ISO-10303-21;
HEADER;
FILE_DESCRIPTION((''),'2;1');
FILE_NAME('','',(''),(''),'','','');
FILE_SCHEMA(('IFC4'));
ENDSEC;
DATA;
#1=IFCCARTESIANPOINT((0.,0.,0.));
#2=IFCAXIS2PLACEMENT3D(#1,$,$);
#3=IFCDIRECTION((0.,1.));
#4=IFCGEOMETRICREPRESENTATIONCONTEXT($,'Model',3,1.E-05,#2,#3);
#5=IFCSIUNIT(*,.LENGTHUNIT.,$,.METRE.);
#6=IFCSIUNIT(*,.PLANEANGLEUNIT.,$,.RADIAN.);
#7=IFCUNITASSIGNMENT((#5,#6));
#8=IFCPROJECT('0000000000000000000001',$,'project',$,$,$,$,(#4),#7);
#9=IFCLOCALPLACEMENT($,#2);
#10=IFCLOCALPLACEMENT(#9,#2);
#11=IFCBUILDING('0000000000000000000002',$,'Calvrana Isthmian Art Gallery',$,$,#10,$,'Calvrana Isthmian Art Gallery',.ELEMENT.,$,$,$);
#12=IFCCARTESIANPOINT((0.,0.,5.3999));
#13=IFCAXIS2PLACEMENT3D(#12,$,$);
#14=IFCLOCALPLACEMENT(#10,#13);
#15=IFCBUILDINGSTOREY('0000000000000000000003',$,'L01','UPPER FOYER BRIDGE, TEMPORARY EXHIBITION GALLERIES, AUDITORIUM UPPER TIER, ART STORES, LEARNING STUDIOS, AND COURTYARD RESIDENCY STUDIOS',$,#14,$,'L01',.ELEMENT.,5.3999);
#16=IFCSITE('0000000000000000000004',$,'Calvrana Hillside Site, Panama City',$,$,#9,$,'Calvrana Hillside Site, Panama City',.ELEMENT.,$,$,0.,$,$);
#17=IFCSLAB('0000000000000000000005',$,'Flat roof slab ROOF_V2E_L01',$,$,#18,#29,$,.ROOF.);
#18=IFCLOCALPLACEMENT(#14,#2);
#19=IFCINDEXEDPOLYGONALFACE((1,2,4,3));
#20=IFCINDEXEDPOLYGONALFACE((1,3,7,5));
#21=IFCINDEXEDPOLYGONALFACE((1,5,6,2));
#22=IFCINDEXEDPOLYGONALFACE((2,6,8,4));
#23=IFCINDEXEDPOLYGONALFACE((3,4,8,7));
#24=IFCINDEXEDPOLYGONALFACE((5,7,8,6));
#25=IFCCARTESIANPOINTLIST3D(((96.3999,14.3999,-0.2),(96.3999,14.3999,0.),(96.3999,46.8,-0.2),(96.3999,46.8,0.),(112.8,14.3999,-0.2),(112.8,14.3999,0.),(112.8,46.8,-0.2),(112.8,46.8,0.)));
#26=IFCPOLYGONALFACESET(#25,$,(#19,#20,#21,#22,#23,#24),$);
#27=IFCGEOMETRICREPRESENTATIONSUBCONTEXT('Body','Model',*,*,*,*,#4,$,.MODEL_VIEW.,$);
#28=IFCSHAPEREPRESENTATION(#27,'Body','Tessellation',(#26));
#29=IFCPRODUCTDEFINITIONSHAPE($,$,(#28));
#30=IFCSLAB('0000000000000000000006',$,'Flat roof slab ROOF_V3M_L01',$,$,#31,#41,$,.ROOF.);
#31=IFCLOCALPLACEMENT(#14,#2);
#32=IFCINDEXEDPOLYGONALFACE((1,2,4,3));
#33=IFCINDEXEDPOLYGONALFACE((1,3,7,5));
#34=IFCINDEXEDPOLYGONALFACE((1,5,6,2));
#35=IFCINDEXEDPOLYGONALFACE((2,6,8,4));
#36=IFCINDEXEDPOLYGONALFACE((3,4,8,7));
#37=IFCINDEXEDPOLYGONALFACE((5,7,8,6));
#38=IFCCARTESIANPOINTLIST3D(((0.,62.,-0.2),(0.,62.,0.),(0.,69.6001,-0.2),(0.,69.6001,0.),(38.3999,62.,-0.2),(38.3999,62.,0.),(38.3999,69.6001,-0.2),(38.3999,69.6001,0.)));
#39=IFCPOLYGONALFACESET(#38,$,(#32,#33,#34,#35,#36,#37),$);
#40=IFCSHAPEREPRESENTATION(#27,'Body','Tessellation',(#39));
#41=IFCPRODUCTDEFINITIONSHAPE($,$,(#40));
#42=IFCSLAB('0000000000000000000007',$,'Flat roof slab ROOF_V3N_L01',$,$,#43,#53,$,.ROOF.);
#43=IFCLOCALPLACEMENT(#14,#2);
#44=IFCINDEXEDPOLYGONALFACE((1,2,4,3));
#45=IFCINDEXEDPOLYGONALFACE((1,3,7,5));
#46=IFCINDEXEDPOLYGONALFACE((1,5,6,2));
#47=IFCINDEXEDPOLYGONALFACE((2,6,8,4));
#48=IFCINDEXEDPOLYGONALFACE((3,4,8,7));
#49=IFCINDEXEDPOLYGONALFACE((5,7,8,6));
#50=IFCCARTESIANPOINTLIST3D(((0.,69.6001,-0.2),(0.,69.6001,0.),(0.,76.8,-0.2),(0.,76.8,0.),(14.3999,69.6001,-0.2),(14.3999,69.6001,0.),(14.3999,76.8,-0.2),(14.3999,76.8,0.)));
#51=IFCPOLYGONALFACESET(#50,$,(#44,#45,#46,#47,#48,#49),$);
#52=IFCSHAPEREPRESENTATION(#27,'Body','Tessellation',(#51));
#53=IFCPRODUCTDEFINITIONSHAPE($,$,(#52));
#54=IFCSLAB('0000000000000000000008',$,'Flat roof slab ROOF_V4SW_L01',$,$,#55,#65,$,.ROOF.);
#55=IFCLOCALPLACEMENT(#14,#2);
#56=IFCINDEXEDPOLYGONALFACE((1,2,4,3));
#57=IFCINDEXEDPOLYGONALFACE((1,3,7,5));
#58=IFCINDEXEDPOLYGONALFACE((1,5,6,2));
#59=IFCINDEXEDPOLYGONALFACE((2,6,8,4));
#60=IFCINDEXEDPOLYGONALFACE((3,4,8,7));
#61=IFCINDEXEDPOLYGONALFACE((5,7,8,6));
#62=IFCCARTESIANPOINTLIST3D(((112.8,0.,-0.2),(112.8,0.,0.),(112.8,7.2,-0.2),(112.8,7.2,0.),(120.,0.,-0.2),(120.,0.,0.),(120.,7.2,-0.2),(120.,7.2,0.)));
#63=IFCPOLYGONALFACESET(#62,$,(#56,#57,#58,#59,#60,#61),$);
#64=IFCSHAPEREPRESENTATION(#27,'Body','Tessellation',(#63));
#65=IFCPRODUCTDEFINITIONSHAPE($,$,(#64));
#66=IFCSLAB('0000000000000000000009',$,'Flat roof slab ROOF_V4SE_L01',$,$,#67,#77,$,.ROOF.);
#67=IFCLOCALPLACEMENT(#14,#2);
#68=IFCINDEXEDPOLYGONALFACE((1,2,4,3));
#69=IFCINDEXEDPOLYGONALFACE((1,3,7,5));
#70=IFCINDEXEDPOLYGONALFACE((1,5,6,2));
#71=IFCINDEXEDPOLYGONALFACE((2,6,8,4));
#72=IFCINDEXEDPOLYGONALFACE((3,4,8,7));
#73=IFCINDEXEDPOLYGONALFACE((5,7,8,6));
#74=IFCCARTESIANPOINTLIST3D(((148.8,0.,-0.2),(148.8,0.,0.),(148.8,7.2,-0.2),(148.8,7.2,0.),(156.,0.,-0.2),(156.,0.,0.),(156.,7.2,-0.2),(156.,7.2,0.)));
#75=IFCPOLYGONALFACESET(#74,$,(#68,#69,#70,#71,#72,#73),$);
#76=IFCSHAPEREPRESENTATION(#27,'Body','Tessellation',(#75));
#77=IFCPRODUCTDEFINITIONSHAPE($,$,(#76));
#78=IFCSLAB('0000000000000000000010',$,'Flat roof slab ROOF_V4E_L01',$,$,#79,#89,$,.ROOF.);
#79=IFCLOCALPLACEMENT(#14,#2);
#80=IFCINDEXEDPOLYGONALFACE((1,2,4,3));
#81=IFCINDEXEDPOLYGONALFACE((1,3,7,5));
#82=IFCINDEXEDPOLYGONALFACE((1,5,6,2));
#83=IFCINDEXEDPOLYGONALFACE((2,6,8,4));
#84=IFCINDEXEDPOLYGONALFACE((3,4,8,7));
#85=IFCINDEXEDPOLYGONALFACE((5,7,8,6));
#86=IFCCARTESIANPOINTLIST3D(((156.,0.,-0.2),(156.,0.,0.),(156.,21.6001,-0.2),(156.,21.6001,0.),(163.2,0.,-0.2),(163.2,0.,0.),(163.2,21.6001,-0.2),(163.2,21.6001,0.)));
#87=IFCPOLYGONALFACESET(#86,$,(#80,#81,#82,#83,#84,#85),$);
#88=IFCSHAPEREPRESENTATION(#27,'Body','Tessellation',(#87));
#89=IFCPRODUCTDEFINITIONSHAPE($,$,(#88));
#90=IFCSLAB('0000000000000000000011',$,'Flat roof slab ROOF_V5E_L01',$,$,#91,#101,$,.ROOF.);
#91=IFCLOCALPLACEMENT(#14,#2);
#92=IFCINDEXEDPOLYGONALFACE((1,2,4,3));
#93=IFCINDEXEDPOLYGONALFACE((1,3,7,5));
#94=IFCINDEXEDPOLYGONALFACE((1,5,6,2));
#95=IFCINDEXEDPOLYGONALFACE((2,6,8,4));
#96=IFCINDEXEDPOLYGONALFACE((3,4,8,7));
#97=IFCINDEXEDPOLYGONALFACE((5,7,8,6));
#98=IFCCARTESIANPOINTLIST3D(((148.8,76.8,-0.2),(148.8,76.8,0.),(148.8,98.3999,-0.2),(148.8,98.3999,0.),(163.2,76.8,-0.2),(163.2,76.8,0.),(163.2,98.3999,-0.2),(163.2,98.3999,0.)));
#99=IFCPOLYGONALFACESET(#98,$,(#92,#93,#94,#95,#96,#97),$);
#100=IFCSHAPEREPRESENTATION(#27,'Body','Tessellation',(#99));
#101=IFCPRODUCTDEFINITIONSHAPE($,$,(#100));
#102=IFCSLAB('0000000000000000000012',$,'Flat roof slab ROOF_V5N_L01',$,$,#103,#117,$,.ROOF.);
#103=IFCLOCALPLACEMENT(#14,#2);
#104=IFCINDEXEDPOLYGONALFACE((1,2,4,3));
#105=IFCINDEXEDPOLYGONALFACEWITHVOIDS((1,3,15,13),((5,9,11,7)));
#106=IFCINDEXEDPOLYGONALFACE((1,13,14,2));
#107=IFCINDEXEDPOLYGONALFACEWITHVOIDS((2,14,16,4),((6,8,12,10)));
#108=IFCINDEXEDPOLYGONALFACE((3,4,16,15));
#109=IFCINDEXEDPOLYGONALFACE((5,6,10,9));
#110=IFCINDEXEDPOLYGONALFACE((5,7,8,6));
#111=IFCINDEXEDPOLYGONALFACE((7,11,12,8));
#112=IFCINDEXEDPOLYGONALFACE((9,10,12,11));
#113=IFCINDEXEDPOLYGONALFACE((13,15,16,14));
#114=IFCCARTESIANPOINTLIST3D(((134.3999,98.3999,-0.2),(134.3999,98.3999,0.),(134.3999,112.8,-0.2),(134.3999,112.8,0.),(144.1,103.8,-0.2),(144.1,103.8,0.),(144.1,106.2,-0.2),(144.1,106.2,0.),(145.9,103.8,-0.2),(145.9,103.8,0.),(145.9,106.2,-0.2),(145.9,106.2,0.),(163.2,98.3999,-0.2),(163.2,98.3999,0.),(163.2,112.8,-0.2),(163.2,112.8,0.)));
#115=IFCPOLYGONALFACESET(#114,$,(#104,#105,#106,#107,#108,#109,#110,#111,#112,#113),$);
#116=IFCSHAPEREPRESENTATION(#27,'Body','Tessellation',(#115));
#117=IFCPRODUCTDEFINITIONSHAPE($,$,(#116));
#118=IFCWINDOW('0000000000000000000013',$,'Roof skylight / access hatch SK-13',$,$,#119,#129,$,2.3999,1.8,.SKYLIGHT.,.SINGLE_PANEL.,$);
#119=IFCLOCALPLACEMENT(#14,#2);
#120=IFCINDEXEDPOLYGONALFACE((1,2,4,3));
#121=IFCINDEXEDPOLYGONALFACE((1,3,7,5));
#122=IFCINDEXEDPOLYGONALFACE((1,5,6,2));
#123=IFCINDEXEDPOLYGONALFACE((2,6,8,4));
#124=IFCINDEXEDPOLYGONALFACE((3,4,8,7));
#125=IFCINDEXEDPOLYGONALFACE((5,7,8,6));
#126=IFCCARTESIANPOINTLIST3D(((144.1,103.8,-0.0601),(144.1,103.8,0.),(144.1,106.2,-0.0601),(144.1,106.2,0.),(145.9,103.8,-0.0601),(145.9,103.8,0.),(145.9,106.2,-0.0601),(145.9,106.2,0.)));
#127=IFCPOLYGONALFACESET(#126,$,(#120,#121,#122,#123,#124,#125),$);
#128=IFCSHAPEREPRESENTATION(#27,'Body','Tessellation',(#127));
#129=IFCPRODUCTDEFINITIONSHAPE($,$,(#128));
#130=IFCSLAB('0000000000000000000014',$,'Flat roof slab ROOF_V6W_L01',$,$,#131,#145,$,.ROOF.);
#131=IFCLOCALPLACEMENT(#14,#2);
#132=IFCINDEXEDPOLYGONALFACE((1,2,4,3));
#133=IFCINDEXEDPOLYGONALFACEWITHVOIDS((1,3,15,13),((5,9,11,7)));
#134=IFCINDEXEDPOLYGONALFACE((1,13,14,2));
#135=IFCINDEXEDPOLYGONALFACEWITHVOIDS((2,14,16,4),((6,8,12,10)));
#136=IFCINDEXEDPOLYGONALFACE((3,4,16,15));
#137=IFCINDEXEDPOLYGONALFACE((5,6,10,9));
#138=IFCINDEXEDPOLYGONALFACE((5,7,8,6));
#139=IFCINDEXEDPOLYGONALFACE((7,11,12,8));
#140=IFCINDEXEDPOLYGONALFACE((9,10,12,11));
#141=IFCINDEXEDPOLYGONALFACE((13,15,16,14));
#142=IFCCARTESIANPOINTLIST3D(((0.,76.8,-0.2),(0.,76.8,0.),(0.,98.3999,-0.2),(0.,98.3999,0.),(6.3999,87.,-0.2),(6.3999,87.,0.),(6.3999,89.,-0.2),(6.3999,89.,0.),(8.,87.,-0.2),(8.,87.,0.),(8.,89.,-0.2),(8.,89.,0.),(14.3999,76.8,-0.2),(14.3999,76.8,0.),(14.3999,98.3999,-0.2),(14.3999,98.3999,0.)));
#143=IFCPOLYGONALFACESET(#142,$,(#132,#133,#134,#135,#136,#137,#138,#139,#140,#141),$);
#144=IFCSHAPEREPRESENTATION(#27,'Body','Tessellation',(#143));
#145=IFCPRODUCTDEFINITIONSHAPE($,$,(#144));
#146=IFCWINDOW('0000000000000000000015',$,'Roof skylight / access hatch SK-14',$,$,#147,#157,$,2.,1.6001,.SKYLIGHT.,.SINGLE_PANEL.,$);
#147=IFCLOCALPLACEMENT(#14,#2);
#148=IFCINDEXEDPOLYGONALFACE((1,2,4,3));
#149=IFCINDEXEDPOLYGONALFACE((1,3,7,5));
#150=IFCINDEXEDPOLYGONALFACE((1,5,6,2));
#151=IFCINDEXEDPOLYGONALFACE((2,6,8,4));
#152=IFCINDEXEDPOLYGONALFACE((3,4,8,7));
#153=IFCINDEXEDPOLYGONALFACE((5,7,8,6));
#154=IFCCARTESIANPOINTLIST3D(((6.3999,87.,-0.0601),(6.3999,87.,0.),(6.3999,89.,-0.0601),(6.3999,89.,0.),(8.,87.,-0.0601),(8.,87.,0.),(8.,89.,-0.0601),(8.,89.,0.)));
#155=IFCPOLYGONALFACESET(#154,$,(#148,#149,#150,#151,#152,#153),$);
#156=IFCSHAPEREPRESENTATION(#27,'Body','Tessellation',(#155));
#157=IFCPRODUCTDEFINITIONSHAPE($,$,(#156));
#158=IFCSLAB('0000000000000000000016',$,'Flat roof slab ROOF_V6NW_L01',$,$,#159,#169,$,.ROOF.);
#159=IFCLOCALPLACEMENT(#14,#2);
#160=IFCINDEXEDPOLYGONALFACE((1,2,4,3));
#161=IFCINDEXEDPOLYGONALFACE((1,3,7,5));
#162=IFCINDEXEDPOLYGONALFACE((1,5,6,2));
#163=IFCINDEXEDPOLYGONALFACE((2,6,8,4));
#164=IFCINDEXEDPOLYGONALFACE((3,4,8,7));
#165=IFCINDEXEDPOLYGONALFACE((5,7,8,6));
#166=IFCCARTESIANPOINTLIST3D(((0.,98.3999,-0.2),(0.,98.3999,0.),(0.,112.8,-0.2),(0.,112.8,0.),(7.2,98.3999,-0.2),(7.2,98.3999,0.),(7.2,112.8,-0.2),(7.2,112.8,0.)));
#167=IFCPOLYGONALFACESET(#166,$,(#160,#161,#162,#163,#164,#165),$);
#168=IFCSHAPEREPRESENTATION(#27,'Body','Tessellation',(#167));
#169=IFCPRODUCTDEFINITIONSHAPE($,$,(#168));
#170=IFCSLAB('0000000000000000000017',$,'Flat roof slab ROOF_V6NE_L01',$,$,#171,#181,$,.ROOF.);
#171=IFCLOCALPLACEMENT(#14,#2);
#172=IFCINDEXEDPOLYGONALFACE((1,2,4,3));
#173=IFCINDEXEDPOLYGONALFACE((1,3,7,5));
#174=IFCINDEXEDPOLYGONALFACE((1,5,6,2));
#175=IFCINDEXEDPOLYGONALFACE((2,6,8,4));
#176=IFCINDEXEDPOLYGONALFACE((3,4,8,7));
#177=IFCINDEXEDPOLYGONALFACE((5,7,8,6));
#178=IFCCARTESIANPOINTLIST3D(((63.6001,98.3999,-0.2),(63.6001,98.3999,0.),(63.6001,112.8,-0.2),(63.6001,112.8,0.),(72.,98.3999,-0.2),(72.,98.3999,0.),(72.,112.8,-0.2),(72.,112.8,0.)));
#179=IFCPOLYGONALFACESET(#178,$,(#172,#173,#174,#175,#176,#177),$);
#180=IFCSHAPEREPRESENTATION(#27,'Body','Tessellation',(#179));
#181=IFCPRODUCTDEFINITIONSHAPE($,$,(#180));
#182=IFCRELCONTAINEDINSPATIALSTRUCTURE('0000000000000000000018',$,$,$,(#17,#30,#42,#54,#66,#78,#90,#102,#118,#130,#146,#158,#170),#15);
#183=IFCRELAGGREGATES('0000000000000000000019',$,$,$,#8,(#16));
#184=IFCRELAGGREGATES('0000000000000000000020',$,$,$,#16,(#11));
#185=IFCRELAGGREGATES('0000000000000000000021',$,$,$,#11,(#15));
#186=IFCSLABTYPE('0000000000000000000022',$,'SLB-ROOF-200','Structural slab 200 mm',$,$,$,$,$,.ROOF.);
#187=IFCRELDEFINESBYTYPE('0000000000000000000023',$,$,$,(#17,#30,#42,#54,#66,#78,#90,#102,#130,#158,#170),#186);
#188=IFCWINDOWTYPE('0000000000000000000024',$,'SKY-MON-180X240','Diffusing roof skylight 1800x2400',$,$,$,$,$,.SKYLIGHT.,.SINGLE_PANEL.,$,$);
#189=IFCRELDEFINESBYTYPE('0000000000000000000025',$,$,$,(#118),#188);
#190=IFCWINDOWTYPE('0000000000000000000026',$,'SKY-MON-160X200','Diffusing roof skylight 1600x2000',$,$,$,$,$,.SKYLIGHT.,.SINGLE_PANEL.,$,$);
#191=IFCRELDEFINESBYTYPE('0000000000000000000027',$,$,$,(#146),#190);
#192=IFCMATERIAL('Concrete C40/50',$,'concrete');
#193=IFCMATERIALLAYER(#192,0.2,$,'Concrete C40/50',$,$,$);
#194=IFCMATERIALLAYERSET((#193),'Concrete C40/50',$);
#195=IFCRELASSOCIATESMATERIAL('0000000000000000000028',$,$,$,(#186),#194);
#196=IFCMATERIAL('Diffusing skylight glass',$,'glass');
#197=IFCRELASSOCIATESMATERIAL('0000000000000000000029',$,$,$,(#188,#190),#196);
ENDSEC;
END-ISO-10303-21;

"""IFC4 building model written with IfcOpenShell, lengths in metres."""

from ifc_helpers import new_model, si_unit, direction, frame, origin, origin_2d, place, context, subcontext, project, spatial, polyline, rectangle, outline, extrude, material, layer, layer_set, type_object, element, fill, save


model = new_model("IFC4")

# Units and contexts
model_context = context("Model", 3, precision=1e-05, world=origin(), true_north=direction((0.0, 1.0)))
body_context = subcontext(model_context, "Body", "Model", "MODEL_VIEW")
ifc_project = project(units=[si_unit("LENGTHUNIT", "METRE"), si_unit("PLANEANGLEUNIT", "RADIAN")], contexts=[model_context])

# Site, building, storey
site_placement = place(None, origin())
site = spatial("IfcSite", under=ifc_project, at=site_placement, Name="Calvrana Hillside Site, Panama City", LongName="Calvrana Hillside Site, Panama City", CompositionType="ELEMENT", RefElevation=0.0)
building_placement = place(site_placement, origin())
building = spatial("IfcBuilding", under=site, at=building_placement, Name="Calvrana Isthmian Art Gallery", LongName="Calvrana Isthmian Art Gallery", CompositionType="ELEMENT")
storey_placement = place(building_placement, frame((0.0, 0.0, 5.3999)))
storey = spatial("IfcBuildingStorey", under=building, at=storey_placement, Name="L01", Description="UPPER FOYER BRIDGE, TEMPORARY EXHIBITION GALLERIES, AUDITORIUM UPPER TIER, ART STORES, LEARNING STUDIOS, AND COURTYARD RESIDENCY STUDIOS", LongName="L01", CompositionType="ELEMENT", Elevation=5.3999)

# Slabs
ifc_material_1 = material(Name="Concrete C40/50", Category="concrete")
ifc_layer_1 = layer(ifc_material_1, 0.2, Name="Concrete C40/50")
ifc_layer_set_1 = layer_set([ifc_layer_1], Name="Concrete C40/50")
slab_type_1 = type_object("IfcSlabType", Name="SLB-ROOF-200", Description="Structural slab 200 mm", PredefinedType="ROOF", material=ifc_layer_set_1)
slab_1_placement = place(storey_placement, frame((0.0, 0.0, -0.2)))
element("IfcSlab", 1, at=slab_1_placement, inside=storey, type_object=slab_type_1, Name="Flat roof slab ROOF_V2E_L01", PredefinedType="ROOF", context=body_context, shape_type="SweptSolid", body=[
    extrude(outline(polyline([(96.3999, 14.3999), (112.8, 14.3999), (112.8, 46.8), (96.3999, 46.8), (96.3999, 14.3999)])), origin(), (0.0, 0.0, 1.0), 0.2),
])
slab_2_placement = place(storey_placement, frame((0.0, 0.0, -0.2)))
element("IfcSlab", 2, at=slab_2_placement, inside=storey, type_object=slab_type_1, Name="Flat roof slab ROOF_V3M_L01", PredefinedType="ROOF", context=body_context, shape_type="SweptSolid", body=[
    extrude(outline(polyline([(0.0, 62.0), (38.3999, 62.0), (38.3999, 69.6001), (0.0, 69.6001), (0.0, 62.0)])), origin(), (0.0, 0.0, 1.0), 0.2),
])
slab_3_placement = place(storey_placement, frame((0.0, 0.0, -0.2)))
element("IfcSlab", 3, at=slab_3_placement, inside=storey, type_object=slab_type_1, Name="Flat roof slab ROOF_V3N_L01", PredefinedType="ROOF", context=body_context, shape_type="SweptSolid", body=[
    extrude(outline(polyline([(0.0, 69.6001), (14.3999, 69.6001), (14.3999, 76.8), (0.0, 76.8), (0.0, 69.6001)])), origin(), (0.0, 0.0, 1.0), 0.2),
])
slab_4_placement = place(storey_placement, frame((0.0, 0.0, -0.2)))
element("IfcSlab", 4, at=slab_4_placement, inside=storey, type_object=slab_type_1, Name="Flat roof slab ROOF_V4SW_L01", PredefinedType="ROOF", context=body_context, shape_type="SweptSolid", body=[
    extrude(outline(polyline([(112.8, 0.0), (120.0, 0.0), (120.0, 7.2), (112.8, 7.2), (112.8, 0.0)])), origin(), (0.0, 0.0, 1.0), 0.2),
])
slab_5_placement = place(storey_placement, frame((0.0, 0.0, -0.2)))
element("IfcSlab", 5, at=slab_5_placement, inside=storey, type_object=slab_type_1, Name="Flat roof slab ROOF_V4SE_L01", PredefinedType="ROOF", context=body_context, shape_type="SweptSolid", body=[
    extrude(outline(polyline([(148.8, 0.0), (156.0, 0.0), (156.0, 7.2), (148.8, 7.2), (148.8, 0.0)])), origin(), (0.0, 0.0, 1.0), 0.2),
])
slab_6_placement = place(storey_placement, frame((0.0, 0.0, -0.2)))
element("IfcSlab", 6, at=slab_6_placement, inside=storey, type_object=slab_type_1, Name="Flat roof slab ROOF_V4E_L01", PredefinedType="ROOF", context=body_context, shape_type="SweptSolid", body=[
    extrude(outline(polyline([(156.0, 0.0), (163.2, 0.0), (163.2, 21.6001), (156.0, 21.6001), (156.0, 0.0)])), origin(), (0.0, 0.0, 1.0), 0.2),
])
slab_7_placement = place(storey_placement, frame((0.0, 0.0, -0.2)))
element("IfcSlab", 7, at=slab_7_placement, inside=storey, type_object=slab_type_1, Name="Flat roof slab ROOF_V5E_L01", PredefinedType="ROOF", context=body_context, shape_type="SweptSolid", body=[
    extrude(outline(polyline([(148.8, 76.8), (163.2, 76.8), (163.2, 98.3999), (148.8, 98.3999), (148.8, 76.8)])), origin(), (0.0, 0.0, 1.0), 0.2),
])

# Slabs, openings, windows
slab_8_placement = place(storey_placement, frame((0.0, 0.0, -0.2)))
slab_8 = element("IfcSlab", 8, at=slab_8_placement, inside=storey, type_object=slab_type_1, Name="Flat roof slab ROOF_V5N_L01", PredefinedType="ROOF", context=body_context, shape_type="SweptSolid", body=[
    extrude(outline(polyline([(134.3999, 98.3999), (163.2, 98.3999), (163.2, 112.8), (134.3999, 112.8), (134.3999, 98.3999)])), origin(), (0.0, 0.0, 1.0), 0.2),
])
opening_1_placement = place(slab_8_placement, frame((145.0, 105.0, -0.0103)))
opening_1 = element("IfcOpeningElement", 9, at=opening_1_placement, cuts=slab_8, PredefinedType="OPENING", context=body_context, shape_type="SweptSolid", body=[
    extrude(rectangle(XDim=1.8, YDim=2.3999, at=origin_2d()), origin(), (0.0, 0.0, 1.0), 0.2205),
])
ifc_material_2 = material(Name="Diffusing skylight glass", Category="glass")
window_type_1 = type_object("IfcWindowType", Name="SKY-MON-180X240", Description="Diffusing roof skylight 1800x2400", PartitioningType="SINGLE_PANEL", PredefinedType="SKYLIGHT", material=ifc_material_2)
window_1_placement = place(slab_8_placement, frame((145.0, 105.0, 0.1399)))
window_1 = element("IfcWindow", 10, at=window_1_placement, inside=storey, type_object=window_type_1, Name="Roof skylight / access hatch SK-13", OverallHeight=2.3999, OverallWidth=1.8, PartitioningType="SINGLE_PANEL", PredefinedType="SKYLIGHT", context=body_context, shape_type="SweptSolid", body=[
    extrude(rectangle(XDim=1.8, YDim=2.3999, at=origin_2d()), origin(), (0.0, 0.0, 1.0), 0.0601),
])
fill(opening_1, window_1)
slab_9_placement = place(storey_placement, frame((0.0, 0.0, -0.2)))
slab_9 = element("IfcSlab", 11, at=slab_9_placement, inside=storey, type_object=slab_type_1, Name="Flat roof slab ROOF_V6W_L01", PredefinedType="ROOF", context=body_context, shape_type="SweptSolid", body=[
    extrude(outline(polyline([(0.0, 76.8), (14.3999, 76.8), (14.3999, 98.3999), (0.0, 98.3999), (0.0, 76.8)])), origin(), (0.0, 0.0, 1.0), 0.2),
])
opening_2_placement = place(slab_9_placement, frame((7.2, 88.0, -0.0103)))
opening_2 = element("IfcOpeningElement", 12, at=opening_2_placement, cuts=slab_9, PredefinedType="OPENING", context=body_context, shape_type="SweptSolid", body=[
    extrude(rectangle(XDim=1.6001, YDim=2.0, at=origin_2d()), origin(), (0.0, 0.0, 1.0), 0.2205),
])
window_type_2 = type_object("IfcWindowType", Name="SKY-MON-160X200", Description="Diffusing roof skylight 1600x2000", PartitioningType="SINGLE_PANEL", PredefinedType="SKYLIGHT", material=ifc_material_2)
window_2_placement = place(slab_9_placement, frame((7.2, 88.0, 0.1399)))
window_2 = element("IfcWindow", 13, at=window_2_placement, inside=storey, type_object=window_type_2, Name="Roof skylight / access hatch SK-14", OverallHeight=2.0, OverallWidth=1.6001, PartitioningType="SINGLE_PANEL", PredefinedType="SKYLIGHT", context=body_context, shape_type="SweptSolid", body=[
    extrude(rectangle(XDim=1.6001, YDim=2.0, at=origin_2d()), origin(), (0.0, 0.0, 1.0), 0.0601),
])
fill(opening_2, window_2)

# Slabs
slab_10_placement = place(storey_placement, frame((0.0, 0.0, -0.2)))
element("IfcSlab", 14, at=slab_10_placement, inside=storey, type_object=slab_type_1, Name="Flat roof slab ROOF_V6NW_L01", PredefinedType="ROOF", context=body_context, shape_type="SweptSolid", body=[
    extrude(outline(polyline([(0.0, 98.3999), (7.2, 98.3999), (7.2, 112.8), (0.0, 112.8), (0.0, 98.3999)])), origin(), (0.0, 0.0, 1.0), 0.2),
])
slab_11_placement = place(storey_placement, frame((0.0, 0.0, -0.2)))
element("IfcSlab", 15, at=slab_11_placement, inside=storey, type_object=slab_type_1, Name="Flat roof slab ROOF_V6NE_L01", PredefinedType="ROOF", context=body_context, shape_type="SweptSolid", body=[
    extrude(outline(polyline([(63.6001, 98.3999), (72.0, 98.3999), (72.0, 112.8), (63.6001, 112.8), (63.6001, 98.3999)])), origin(), (0.0, 0.0, 1.0), 0.2),
])

save(model, "model.ifc")
